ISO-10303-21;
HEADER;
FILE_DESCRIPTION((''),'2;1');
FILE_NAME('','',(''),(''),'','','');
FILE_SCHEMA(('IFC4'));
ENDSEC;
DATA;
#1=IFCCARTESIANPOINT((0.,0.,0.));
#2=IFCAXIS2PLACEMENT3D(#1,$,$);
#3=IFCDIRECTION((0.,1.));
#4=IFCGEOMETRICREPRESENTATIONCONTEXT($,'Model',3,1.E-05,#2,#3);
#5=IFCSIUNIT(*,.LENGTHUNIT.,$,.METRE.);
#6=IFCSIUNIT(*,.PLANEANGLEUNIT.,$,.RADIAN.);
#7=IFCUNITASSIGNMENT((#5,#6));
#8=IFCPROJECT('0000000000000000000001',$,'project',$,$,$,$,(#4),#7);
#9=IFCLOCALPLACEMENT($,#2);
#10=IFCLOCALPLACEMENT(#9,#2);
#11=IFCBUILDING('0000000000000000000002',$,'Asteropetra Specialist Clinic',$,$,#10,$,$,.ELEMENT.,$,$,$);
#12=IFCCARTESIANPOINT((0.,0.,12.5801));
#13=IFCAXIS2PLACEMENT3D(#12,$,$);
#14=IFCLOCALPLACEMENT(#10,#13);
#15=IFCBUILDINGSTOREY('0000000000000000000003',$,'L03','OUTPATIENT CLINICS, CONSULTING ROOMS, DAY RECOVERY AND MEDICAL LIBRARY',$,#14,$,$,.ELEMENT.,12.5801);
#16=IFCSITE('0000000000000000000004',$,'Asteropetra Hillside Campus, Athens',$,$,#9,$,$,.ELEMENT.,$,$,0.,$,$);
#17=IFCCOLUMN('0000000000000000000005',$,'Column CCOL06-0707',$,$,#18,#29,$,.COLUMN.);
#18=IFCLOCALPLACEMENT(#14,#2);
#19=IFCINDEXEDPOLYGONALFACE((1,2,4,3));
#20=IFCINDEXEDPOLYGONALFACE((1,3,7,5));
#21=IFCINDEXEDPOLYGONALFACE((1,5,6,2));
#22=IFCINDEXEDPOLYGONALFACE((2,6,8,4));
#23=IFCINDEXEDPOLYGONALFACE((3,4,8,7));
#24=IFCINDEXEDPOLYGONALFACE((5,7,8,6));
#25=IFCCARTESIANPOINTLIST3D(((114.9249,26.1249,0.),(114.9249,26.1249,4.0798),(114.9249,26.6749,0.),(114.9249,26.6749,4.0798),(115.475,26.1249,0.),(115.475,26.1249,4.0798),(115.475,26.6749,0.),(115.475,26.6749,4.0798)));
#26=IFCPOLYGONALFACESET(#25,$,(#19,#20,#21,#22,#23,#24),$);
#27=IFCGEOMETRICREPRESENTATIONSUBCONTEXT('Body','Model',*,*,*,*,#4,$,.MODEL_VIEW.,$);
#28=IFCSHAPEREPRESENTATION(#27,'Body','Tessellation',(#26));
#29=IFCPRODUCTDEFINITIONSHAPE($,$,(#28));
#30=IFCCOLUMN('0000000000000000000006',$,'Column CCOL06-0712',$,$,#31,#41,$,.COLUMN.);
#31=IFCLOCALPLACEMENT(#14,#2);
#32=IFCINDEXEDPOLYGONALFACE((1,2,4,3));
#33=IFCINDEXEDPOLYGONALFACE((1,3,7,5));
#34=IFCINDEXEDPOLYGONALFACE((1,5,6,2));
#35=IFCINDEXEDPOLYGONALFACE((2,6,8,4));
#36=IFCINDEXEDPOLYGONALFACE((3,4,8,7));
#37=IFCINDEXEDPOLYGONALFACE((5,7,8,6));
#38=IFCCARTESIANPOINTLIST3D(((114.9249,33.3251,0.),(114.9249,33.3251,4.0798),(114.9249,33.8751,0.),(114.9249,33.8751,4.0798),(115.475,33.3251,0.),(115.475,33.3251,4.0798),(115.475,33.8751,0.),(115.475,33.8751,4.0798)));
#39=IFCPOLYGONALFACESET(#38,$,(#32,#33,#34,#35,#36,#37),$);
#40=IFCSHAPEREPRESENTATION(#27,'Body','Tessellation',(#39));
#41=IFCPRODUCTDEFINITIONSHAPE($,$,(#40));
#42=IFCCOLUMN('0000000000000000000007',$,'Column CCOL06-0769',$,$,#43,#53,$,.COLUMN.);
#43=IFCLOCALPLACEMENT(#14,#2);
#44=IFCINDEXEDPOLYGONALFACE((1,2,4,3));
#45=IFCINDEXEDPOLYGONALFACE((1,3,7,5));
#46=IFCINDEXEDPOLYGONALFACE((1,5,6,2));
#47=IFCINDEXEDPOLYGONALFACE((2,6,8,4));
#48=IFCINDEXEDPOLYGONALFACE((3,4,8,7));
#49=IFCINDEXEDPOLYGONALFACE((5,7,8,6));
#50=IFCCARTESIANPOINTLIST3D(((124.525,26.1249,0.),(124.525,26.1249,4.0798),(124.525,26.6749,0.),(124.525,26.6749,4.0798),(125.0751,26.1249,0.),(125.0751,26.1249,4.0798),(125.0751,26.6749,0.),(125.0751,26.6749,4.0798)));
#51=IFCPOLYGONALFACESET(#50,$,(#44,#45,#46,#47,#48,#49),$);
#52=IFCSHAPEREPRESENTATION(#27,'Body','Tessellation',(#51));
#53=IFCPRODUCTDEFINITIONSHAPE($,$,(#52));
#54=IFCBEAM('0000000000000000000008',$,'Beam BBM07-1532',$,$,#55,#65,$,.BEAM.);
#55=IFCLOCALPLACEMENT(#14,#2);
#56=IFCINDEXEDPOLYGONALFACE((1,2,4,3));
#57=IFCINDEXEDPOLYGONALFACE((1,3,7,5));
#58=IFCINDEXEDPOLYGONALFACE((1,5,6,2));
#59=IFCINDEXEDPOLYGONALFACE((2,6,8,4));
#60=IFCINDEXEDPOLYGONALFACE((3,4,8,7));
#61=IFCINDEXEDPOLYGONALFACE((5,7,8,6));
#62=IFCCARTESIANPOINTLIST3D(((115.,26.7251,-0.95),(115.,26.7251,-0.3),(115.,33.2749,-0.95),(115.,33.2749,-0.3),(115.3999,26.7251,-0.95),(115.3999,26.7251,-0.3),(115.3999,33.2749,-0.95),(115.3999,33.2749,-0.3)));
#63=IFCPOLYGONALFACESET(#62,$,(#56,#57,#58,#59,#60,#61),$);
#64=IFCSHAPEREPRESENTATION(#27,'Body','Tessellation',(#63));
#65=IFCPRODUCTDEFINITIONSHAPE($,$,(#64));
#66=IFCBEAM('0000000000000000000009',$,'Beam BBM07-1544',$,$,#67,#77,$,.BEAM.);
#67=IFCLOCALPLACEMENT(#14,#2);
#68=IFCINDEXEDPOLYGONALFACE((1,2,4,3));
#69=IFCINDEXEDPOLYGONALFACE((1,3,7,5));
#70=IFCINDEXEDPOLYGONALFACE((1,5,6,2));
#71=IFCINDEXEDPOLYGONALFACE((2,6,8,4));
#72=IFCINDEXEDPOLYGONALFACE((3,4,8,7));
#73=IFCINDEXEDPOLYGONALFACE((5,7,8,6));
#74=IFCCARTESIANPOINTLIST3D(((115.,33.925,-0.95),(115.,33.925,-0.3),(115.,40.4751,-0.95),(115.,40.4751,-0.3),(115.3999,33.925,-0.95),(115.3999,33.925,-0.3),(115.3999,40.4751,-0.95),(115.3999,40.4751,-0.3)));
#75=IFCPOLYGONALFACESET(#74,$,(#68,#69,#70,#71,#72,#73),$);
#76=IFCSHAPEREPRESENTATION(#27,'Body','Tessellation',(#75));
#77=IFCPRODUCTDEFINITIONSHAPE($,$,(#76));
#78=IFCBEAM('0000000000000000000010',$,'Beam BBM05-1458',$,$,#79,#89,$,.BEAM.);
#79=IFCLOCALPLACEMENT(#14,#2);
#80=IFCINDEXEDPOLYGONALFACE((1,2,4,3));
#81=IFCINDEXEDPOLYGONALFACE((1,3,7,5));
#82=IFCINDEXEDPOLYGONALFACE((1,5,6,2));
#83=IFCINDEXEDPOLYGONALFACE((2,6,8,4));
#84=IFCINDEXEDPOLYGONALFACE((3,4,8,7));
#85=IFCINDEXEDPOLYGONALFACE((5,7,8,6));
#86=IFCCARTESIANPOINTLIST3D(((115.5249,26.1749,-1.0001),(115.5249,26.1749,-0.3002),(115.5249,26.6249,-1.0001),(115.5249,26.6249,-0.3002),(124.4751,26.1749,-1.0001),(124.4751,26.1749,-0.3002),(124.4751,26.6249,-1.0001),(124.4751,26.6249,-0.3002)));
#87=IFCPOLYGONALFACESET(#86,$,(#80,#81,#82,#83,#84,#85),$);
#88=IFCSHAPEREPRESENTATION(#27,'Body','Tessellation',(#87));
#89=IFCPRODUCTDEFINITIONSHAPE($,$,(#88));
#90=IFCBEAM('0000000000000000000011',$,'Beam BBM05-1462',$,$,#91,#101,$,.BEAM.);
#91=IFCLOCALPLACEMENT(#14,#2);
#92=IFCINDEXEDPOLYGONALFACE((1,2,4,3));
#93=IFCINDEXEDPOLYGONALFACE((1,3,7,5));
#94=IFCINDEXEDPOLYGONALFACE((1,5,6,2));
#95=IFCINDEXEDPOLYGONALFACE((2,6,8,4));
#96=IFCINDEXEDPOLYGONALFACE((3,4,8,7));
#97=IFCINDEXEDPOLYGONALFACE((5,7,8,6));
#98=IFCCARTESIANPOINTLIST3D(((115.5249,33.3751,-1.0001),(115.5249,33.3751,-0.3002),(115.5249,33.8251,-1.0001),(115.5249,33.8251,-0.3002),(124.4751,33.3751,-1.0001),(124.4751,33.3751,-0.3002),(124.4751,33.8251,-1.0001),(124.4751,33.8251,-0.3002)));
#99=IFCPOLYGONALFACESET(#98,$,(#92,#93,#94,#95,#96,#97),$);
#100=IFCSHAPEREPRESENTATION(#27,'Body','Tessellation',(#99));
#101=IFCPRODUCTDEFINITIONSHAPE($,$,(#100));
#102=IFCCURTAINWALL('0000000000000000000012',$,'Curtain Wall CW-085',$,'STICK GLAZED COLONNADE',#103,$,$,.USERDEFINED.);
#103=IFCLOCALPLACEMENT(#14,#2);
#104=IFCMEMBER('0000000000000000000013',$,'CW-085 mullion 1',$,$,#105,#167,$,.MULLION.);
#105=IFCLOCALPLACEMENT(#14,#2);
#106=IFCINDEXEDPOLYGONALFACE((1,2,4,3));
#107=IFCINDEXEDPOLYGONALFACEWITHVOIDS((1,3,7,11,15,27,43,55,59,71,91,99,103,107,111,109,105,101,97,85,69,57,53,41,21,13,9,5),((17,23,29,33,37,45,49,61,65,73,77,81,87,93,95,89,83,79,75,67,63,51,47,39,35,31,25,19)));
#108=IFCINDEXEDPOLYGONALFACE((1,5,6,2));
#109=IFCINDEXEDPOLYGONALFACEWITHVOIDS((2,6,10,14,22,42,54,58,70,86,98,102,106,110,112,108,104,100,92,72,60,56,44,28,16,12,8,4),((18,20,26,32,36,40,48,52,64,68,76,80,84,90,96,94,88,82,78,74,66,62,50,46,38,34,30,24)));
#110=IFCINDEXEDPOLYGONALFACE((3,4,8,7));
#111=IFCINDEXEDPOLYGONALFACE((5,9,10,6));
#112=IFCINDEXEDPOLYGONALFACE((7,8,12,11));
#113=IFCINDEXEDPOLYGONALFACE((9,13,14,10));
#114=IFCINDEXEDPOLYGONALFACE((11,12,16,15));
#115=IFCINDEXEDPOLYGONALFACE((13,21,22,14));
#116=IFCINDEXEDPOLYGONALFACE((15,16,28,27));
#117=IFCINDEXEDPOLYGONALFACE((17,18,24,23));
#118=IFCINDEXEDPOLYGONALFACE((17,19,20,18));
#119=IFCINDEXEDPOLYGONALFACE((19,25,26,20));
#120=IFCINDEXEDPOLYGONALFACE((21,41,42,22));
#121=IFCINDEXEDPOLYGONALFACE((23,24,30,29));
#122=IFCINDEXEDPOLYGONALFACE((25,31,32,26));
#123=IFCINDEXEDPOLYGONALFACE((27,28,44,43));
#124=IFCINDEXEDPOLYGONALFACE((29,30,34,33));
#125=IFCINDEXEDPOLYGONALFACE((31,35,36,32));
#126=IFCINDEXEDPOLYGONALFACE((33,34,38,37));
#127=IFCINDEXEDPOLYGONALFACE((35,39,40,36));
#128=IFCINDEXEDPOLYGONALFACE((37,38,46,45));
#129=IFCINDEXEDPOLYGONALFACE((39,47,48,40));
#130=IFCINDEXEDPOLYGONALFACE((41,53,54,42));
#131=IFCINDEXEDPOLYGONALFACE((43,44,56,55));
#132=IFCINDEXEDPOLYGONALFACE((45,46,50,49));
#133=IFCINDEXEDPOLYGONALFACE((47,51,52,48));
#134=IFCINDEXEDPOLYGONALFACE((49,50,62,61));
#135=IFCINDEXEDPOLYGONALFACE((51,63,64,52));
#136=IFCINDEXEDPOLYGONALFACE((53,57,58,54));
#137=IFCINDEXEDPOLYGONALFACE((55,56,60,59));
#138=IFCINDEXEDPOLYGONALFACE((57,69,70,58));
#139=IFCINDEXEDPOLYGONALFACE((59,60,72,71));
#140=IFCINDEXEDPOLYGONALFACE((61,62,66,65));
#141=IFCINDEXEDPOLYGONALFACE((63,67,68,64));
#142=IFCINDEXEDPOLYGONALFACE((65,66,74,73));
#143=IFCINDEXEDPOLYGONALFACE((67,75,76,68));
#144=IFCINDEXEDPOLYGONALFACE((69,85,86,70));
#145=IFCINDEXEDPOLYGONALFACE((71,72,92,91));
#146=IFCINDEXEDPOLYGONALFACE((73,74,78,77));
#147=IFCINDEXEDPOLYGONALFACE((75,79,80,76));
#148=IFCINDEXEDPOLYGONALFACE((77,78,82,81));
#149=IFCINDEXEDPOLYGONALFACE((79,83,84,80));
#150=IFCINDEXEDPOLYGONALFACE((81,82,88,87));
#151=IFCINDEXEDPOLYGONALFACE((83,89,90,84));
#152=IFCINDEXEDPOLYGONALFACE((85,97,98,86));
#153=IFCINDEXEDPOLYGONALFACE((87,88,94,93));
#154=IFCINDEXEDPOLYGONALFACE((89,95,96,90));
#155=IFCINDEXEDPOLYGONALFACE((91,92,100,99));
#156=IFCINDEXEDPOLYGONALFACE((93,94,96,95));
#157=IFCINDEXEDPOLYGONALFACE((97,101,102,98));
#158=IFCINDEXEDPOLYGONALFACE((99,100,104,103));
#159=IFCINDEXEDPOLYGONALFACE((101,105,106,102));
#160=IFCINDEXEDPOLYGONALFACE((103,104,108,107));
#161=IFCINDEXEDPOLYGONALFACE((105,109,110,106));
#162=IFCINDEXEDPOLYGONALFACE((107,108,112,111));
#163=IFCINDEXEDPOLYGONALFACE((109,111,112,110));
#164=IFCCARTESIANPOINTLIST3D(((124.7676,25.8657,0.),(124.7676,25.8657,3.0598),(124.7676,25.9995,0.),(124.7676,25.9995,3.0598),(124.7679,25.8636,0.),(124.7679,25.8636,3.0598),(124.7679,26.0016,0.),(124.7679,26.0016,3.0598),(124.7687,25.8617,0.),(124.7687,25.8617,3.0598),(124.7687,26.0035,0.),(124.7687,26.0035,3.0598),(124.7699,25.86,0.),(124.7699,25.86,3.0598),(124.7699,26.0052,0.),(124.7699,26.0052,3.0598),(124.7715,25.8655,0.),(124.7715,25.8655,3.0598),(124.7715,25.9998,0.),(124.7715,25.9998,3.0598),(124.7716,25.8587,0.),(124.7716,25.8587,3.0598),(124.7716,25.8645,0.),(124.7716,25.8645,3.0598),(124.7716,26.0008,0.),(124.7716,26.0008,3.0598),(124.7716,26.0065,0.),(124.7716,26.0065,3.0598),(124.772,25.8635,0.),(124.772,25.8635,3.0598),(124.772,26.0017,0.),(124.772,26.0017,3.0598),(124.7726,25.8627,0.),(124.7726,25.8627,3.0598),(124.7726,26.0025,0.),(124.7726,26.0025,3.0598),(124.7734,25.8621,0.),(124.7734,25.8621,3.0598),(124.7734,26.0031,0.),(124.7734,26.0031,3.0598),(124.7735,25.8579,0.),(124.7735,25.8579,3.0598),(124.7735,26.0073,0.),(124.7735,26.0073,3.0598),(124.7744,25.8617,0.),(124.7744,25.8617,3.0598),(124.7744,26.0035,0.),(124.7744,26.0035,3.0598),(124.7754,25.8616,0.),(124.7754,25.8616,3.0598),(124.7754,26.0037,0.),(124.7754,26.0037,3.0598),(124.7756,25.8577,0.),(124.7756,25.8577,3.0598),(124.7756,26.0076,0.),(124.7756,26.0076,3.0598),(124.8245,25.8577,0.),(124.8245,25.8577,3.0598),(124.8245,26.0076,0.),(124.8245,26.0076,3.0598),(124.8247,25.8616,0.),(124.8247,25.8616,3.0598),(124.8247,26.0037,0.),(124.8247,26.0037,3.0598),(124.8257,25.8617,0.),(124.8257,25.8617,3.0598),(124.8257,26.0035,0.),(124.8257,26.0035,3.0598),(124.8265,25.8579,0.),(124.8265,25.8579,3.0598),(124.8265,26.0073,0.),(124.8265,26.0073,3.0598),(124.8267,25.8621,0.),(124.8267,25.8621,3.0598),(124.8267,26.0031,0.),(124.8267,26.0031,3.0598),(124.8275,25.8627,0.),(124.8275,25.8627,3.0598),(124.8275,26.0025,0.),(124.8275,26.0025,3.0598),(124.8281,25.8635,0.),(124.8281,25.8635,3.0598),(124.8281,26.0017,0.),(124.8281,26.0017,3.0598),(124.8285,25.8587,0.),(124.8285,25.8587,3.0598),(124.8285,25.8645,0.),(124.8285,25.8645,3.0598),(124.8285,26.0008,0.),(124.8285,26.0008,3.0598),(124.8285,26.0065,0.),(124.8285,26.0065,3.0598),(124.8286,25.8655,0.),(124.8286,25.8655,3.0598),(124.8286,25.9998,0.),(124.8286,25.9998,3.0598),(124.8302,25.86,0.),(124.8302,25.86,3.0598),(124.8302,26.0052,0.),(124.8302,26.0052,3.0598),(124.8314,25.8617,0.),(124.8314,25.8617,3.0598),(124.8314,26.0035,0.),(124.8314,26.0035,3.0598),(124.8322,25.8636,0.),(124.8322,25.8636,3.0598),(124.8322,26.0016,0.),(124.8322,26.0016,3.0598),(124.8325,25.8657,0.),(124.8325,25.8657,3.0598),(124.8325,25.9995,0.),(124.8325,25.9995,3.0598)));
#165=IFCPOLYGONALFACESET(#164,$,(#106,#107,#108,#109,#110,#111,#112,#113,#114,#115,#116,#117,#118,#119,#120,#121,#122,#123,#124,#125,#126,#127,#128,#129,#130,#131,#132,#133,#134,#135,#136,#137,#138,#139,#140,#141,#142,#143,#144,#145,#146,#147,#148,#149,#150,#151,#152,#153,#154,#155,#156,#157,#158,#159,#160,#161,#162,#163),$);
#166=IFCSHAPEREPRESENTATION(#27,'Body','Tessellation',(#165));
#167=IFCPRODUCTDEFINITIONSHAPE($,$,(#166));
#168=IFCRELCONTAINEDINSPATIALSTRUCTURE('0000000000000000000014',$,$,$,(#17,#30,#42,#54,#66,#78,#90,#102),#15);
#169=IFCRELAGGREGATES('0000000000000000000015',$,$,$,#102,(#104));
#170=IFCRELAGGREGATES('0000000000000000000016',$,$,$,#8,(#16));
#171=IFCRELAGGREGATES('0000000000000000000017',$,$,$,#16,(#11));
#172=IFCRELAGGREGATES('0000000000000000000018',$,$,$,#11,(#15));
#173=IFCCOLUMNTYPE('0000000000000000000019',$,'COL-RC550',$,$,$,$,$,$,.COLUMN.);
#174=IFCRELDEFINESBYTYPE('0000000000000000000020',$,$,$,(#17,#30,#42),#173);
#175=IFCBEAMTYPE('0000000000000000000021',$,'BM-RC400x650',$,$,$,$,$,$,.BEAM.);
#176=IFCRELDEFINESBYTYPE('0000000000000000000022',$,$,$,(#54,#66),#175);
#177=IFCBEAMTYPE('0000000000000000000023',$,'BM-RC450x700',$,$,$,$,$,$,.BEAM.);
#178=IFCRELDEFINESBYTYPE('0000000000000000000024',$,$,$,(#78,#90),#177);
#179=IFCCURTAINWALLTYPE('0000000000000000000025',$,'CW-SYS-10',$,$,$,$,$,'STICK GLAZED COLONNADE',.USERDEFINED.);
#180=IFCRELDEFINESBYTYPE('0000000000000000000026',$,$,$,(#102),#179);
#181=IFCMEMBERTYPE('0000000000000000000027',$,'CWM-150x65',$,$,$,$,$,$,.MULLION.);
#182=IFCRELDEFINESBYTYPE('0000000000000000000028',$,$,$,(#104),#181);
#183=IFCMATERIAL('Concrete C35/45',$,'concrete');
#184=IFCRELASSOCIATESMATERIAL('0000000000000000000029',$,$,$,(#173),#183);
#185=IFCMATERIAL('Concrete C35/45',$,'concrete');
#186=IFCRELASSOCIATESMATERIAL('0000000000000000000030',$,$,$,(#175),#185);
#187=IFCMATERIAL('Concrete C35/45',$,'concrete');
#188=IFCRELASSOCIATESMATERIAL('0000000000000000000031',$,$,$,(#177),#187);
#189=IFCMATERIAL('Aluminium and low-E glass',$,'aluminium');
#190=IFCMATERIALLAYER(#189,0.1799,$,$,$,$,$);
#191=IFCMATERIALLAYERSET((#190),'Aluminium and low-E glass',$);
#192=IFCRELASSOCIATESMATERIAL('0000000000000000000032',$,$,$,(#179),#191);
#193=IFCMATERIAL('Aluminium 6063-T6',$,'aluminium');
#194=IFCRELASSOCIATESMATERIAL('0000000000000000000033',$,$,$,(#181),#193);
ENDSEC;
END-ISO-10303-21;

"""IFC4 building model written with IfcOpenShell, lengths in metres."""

from ifc_helpers import new_model, si_unit, direction, frame, origin, origin_2d, place, context, subcontext, project, spatial, rectangle, hollow_rectangle, extrude, material, layer, layer_set, material_profile, profile_set, type_object, element, aggregate, save


model = new_model("IFC4")

# Units and contexts
model_context = context("Model", 3, precision=1e-05, world=origin(), true_north=direction((0.0, 1.0)))
body_context = subcontext(model_context, "Body", "Model", "MODEL_VIEW")
ifc_project = project(units=[si_unit("LENGTHUNIT", "METRE"), si_unit("PLANEANGLEUNIT", "RADIAN")], contexts=[model_context])

# Site, building, storey
site_placement = place(None, origin())
site = spatial("IfcSite", under=ifc_project, at=site_placement, Name="Asteropetra Hillside Campus, Athens", CompositionType="ELEMENT", RefElevation=0.0)
building_placement = place(site_placement, origin())
building = spatial("IfcBuilding", under=site, at=building_placement, Name="Asteropetra Specialist Clinic", CompositionType="ELEMENT")
storey_placement = place(building_placement, frame((0.0, 0.0, 12.5801)))
storey = spatial("IfcBuildingStorey", under=building, at=storey_placement, Name="L03", Description="OUTPATIENT CLINICS, CONSULTING ROOMS, DAY RECOVERY AND MEDICAL LIBRARY", CompositionType="ELEMENT", Elevation=12.5801)

# Columns
ifc_material_1 = material(Name="Concrete C35/45", Category="concrete")
ifc_material_profile_1 = material_profile(ifc_material_1, rectangle(XDim=0.55, YDim=0.55, at=origin_2d()), Name="RC 550x550")
ifc_profile_set_1 = profile_set([ifc_material_profile_1], Name="Concrete C35/45")
column_type = type_object("IfcColumnType", Name="COL-RC550", PredefinedType="COLUMN", material=ifc_profile_set_1)
for number, where, z_axis, x_axis, name in (
    (1, (115.2, 26.3999, 0.0), (0.0, 0.0, 1.0), (1.0, 0.0, 0.0), "Column CCOL06-0707"),
    (2, (115.2, 33.6001, 0.0), (0.0, 0.0, 1.0), (1.0, 0.0, 0.0), "Column CCOL06-0712"),
    (3, (124.8, 26.3999, 0.0), (0.0, 0.0, 1.0), (1.0, 0.0, 0.0), "Column CCOL06-0769"),
):
    element("IfcColumn", number, at=place(storey_placement, frame(where, z_axis=z_axis, x_axis=x_axis)), inside=storey, type_object=column_type, Name=name, PredefinedType="COLUMN", context=body_context, shape_type="SweptSolid", body=[
        extrude(rectangle(XDim=0.55, YDim=0.55, at=origin_2d()), origin(), (0.0, 0.0, 1.0), 4.0798),
    ])

# Beams
ifc_material_2 = material(Name="Concrete C35/45", Category="concrete")
ifc_material_profile_2 = material_profile(ifc_material_2, rectangle(XDim=0.3999, YDim=0.6499, at=origin_2d()), Name="RCB 400x650")
ifc_profile_set_2 = profile_set([ifc_material_profile_2], Name="Concrete C35/45")
beam_type_1 = type_object("IfcBeamType", Name="BM-RC400x650", PredefinedType="BEAM", material=ifc_profile_set_2)
beam_1_placement = place(storey_placement, frame((115.2, 26.7251, -0.625), z_axis=(0.0, 1.0, 0.0), x_axis=(-1.0, 0.0, 0.0)))
element("IfcBeam", 4, at=beam_1_placement, inside=storey, type_object=beam_type_1, Name="Beam BBM07-1532", PredefinedType="BEAM", context=body_context, shape_type="SweptSolid", body=[
    extrude(rectangle(XDim=0.3999, YDim=0.6499, at=origin_2d()), origin(), (0.0, 0.0, 1.0), 6.5498),
])
beam_2_placement = place(storey_placement, frame((115.2, 33.925, -0.625), z_axis=(0.0, 1.0, 0.0), x_axis=(-1.0, 0.0, 0.0)))
element("IfcBeam", 5, at=beam_2_placement, inside=storey, type_object=beam_type_1, Name="Beam BBM07-1544", PredefinedType="BEAM", context=body_context, shape_type="SweptSolid", body=[
    extrude(rectangle(XDim=0.3999, YDim=0.6499, at=origin_2d()), origin(), (0.0, 0.0, 1.0), 6.55),
])
ifc_material_3 = material(Name="Concrete C35/45", Category="concrete")
ifc_material_profile_3 = material_profile(ifc_material_3, rectangle(XDim=0.45, YDim=0.7, at=origin_2d()), Name="RCB 450x700")
ifc_profile_set_3 = profile_set([ifc_material_profile_3], Name="Concrete C35/45")
beam_type_2 = type_object("IfcBeamType", Name="BM-RC450x700", PredefinedType="BEAM", material=ifc_profile_set_3)
for number, where, z_axis, x_axis, name in (
    (6, (115.5249, 26.3999, -0.6501), (1.0, 0.0, 0.0), (0.0, 1.0, 0.0), "Beam BBM05-1458"),
    (7, (115.5249, 33.6001, -0.6501), (1.0, 0.0, 0.0), (0.0, 1.0, 0.0), "Beam BBM05-1462"),
):
    element("IfcBeam", number, at=place(storey_placement, frame(where, z_axis=z_axis, x_axis=x_axis)), inside=storey, type_object=beam_type_2, Name=name, PredefinedType="BEAM", context=body_context, shape_type="SweptSolid", body=[
        extrude(rectangle(XDim=0.45, YDim=0.7, at=origin_2d()), origin(), (0.0, 0.0, 1.0), 8.9502),
    ])

# Curtain wall, member
ifc_material_4 = material(Name="Aluminium and low-E glass", Category="aluminium")
ifc_layer_1 = layer(ifc_material_4, 0.1799)
ifc_layer_set_1 = layer_set([ifc_layer_1], Name="Aluminium and low-E glass")
curtain_wall_type_1 = type_object("IfcCurtainWallType", Name="CW-SYS-10", ElementType="STICK GLAZED COLONNADE", PredefinedType="USERDEFINED", material=ifc_layer_set_1)
curtain_wall_1_placement = place(storey_placement, origin())
curtain_wall_1 = element("IfcCurtainWall", 8, at=curtain_wall_1_placement, inside=storey, type_object=curtain_wall_type_1, Name="Curtain Wall CW-085", ObjectType="STICK GLAZED COLONNADE", PredefinedType="USERDEFINED")
ifc_material_5 = material(Name="Aluminium 6063-T6", Category="aluminium")
ifc_material_profile_4 = material_profile(ifc_material_5, hollow_rectangle(XDim=0.0649, YDim=0.1499, WallThickness=0.0039, InnerFilletRadius=0.0039, OuterFilletRadius=0.0081, at=origin_2d()), Name="MUL 150x65x4.0")
ifc_profile_set_4 = profile_set([ifc_material_profile_4], Name="Aluminium 6063-T6")
member_type_1 = type_object("IfcMemberType", Name="CWM-150x65", PredefinedType="MULLION", material=ifc_profile_set_4)
member_1_placement = place(storey_placement, frame((124.8, 25.9326, 0.0), z_axis=(0.0, 0.0, 1.0), x_axis=(1.0, 0.0, 0.0)))
member_1 = element("IfcMember", 9, at=member_1_placement, type_object=member_type_1, Name="CW-085 mullion 1", PredefinedType="MULLION", context=body_context, shape_type="SweptSolid", body=[
    extrude(hollow_rectangle(XDim=0.0649, YDim=0.1499, WallThickness=0.0039, InnerFilletRadius=0.0039, OuterFilletRadius=0.0081, at=origin_2d()), origin(), (0.0, 0.0, 1.0), 3.0598),
])

aggregate(curtain_wall_1, [member_1])

save(model, "model.ifc")
